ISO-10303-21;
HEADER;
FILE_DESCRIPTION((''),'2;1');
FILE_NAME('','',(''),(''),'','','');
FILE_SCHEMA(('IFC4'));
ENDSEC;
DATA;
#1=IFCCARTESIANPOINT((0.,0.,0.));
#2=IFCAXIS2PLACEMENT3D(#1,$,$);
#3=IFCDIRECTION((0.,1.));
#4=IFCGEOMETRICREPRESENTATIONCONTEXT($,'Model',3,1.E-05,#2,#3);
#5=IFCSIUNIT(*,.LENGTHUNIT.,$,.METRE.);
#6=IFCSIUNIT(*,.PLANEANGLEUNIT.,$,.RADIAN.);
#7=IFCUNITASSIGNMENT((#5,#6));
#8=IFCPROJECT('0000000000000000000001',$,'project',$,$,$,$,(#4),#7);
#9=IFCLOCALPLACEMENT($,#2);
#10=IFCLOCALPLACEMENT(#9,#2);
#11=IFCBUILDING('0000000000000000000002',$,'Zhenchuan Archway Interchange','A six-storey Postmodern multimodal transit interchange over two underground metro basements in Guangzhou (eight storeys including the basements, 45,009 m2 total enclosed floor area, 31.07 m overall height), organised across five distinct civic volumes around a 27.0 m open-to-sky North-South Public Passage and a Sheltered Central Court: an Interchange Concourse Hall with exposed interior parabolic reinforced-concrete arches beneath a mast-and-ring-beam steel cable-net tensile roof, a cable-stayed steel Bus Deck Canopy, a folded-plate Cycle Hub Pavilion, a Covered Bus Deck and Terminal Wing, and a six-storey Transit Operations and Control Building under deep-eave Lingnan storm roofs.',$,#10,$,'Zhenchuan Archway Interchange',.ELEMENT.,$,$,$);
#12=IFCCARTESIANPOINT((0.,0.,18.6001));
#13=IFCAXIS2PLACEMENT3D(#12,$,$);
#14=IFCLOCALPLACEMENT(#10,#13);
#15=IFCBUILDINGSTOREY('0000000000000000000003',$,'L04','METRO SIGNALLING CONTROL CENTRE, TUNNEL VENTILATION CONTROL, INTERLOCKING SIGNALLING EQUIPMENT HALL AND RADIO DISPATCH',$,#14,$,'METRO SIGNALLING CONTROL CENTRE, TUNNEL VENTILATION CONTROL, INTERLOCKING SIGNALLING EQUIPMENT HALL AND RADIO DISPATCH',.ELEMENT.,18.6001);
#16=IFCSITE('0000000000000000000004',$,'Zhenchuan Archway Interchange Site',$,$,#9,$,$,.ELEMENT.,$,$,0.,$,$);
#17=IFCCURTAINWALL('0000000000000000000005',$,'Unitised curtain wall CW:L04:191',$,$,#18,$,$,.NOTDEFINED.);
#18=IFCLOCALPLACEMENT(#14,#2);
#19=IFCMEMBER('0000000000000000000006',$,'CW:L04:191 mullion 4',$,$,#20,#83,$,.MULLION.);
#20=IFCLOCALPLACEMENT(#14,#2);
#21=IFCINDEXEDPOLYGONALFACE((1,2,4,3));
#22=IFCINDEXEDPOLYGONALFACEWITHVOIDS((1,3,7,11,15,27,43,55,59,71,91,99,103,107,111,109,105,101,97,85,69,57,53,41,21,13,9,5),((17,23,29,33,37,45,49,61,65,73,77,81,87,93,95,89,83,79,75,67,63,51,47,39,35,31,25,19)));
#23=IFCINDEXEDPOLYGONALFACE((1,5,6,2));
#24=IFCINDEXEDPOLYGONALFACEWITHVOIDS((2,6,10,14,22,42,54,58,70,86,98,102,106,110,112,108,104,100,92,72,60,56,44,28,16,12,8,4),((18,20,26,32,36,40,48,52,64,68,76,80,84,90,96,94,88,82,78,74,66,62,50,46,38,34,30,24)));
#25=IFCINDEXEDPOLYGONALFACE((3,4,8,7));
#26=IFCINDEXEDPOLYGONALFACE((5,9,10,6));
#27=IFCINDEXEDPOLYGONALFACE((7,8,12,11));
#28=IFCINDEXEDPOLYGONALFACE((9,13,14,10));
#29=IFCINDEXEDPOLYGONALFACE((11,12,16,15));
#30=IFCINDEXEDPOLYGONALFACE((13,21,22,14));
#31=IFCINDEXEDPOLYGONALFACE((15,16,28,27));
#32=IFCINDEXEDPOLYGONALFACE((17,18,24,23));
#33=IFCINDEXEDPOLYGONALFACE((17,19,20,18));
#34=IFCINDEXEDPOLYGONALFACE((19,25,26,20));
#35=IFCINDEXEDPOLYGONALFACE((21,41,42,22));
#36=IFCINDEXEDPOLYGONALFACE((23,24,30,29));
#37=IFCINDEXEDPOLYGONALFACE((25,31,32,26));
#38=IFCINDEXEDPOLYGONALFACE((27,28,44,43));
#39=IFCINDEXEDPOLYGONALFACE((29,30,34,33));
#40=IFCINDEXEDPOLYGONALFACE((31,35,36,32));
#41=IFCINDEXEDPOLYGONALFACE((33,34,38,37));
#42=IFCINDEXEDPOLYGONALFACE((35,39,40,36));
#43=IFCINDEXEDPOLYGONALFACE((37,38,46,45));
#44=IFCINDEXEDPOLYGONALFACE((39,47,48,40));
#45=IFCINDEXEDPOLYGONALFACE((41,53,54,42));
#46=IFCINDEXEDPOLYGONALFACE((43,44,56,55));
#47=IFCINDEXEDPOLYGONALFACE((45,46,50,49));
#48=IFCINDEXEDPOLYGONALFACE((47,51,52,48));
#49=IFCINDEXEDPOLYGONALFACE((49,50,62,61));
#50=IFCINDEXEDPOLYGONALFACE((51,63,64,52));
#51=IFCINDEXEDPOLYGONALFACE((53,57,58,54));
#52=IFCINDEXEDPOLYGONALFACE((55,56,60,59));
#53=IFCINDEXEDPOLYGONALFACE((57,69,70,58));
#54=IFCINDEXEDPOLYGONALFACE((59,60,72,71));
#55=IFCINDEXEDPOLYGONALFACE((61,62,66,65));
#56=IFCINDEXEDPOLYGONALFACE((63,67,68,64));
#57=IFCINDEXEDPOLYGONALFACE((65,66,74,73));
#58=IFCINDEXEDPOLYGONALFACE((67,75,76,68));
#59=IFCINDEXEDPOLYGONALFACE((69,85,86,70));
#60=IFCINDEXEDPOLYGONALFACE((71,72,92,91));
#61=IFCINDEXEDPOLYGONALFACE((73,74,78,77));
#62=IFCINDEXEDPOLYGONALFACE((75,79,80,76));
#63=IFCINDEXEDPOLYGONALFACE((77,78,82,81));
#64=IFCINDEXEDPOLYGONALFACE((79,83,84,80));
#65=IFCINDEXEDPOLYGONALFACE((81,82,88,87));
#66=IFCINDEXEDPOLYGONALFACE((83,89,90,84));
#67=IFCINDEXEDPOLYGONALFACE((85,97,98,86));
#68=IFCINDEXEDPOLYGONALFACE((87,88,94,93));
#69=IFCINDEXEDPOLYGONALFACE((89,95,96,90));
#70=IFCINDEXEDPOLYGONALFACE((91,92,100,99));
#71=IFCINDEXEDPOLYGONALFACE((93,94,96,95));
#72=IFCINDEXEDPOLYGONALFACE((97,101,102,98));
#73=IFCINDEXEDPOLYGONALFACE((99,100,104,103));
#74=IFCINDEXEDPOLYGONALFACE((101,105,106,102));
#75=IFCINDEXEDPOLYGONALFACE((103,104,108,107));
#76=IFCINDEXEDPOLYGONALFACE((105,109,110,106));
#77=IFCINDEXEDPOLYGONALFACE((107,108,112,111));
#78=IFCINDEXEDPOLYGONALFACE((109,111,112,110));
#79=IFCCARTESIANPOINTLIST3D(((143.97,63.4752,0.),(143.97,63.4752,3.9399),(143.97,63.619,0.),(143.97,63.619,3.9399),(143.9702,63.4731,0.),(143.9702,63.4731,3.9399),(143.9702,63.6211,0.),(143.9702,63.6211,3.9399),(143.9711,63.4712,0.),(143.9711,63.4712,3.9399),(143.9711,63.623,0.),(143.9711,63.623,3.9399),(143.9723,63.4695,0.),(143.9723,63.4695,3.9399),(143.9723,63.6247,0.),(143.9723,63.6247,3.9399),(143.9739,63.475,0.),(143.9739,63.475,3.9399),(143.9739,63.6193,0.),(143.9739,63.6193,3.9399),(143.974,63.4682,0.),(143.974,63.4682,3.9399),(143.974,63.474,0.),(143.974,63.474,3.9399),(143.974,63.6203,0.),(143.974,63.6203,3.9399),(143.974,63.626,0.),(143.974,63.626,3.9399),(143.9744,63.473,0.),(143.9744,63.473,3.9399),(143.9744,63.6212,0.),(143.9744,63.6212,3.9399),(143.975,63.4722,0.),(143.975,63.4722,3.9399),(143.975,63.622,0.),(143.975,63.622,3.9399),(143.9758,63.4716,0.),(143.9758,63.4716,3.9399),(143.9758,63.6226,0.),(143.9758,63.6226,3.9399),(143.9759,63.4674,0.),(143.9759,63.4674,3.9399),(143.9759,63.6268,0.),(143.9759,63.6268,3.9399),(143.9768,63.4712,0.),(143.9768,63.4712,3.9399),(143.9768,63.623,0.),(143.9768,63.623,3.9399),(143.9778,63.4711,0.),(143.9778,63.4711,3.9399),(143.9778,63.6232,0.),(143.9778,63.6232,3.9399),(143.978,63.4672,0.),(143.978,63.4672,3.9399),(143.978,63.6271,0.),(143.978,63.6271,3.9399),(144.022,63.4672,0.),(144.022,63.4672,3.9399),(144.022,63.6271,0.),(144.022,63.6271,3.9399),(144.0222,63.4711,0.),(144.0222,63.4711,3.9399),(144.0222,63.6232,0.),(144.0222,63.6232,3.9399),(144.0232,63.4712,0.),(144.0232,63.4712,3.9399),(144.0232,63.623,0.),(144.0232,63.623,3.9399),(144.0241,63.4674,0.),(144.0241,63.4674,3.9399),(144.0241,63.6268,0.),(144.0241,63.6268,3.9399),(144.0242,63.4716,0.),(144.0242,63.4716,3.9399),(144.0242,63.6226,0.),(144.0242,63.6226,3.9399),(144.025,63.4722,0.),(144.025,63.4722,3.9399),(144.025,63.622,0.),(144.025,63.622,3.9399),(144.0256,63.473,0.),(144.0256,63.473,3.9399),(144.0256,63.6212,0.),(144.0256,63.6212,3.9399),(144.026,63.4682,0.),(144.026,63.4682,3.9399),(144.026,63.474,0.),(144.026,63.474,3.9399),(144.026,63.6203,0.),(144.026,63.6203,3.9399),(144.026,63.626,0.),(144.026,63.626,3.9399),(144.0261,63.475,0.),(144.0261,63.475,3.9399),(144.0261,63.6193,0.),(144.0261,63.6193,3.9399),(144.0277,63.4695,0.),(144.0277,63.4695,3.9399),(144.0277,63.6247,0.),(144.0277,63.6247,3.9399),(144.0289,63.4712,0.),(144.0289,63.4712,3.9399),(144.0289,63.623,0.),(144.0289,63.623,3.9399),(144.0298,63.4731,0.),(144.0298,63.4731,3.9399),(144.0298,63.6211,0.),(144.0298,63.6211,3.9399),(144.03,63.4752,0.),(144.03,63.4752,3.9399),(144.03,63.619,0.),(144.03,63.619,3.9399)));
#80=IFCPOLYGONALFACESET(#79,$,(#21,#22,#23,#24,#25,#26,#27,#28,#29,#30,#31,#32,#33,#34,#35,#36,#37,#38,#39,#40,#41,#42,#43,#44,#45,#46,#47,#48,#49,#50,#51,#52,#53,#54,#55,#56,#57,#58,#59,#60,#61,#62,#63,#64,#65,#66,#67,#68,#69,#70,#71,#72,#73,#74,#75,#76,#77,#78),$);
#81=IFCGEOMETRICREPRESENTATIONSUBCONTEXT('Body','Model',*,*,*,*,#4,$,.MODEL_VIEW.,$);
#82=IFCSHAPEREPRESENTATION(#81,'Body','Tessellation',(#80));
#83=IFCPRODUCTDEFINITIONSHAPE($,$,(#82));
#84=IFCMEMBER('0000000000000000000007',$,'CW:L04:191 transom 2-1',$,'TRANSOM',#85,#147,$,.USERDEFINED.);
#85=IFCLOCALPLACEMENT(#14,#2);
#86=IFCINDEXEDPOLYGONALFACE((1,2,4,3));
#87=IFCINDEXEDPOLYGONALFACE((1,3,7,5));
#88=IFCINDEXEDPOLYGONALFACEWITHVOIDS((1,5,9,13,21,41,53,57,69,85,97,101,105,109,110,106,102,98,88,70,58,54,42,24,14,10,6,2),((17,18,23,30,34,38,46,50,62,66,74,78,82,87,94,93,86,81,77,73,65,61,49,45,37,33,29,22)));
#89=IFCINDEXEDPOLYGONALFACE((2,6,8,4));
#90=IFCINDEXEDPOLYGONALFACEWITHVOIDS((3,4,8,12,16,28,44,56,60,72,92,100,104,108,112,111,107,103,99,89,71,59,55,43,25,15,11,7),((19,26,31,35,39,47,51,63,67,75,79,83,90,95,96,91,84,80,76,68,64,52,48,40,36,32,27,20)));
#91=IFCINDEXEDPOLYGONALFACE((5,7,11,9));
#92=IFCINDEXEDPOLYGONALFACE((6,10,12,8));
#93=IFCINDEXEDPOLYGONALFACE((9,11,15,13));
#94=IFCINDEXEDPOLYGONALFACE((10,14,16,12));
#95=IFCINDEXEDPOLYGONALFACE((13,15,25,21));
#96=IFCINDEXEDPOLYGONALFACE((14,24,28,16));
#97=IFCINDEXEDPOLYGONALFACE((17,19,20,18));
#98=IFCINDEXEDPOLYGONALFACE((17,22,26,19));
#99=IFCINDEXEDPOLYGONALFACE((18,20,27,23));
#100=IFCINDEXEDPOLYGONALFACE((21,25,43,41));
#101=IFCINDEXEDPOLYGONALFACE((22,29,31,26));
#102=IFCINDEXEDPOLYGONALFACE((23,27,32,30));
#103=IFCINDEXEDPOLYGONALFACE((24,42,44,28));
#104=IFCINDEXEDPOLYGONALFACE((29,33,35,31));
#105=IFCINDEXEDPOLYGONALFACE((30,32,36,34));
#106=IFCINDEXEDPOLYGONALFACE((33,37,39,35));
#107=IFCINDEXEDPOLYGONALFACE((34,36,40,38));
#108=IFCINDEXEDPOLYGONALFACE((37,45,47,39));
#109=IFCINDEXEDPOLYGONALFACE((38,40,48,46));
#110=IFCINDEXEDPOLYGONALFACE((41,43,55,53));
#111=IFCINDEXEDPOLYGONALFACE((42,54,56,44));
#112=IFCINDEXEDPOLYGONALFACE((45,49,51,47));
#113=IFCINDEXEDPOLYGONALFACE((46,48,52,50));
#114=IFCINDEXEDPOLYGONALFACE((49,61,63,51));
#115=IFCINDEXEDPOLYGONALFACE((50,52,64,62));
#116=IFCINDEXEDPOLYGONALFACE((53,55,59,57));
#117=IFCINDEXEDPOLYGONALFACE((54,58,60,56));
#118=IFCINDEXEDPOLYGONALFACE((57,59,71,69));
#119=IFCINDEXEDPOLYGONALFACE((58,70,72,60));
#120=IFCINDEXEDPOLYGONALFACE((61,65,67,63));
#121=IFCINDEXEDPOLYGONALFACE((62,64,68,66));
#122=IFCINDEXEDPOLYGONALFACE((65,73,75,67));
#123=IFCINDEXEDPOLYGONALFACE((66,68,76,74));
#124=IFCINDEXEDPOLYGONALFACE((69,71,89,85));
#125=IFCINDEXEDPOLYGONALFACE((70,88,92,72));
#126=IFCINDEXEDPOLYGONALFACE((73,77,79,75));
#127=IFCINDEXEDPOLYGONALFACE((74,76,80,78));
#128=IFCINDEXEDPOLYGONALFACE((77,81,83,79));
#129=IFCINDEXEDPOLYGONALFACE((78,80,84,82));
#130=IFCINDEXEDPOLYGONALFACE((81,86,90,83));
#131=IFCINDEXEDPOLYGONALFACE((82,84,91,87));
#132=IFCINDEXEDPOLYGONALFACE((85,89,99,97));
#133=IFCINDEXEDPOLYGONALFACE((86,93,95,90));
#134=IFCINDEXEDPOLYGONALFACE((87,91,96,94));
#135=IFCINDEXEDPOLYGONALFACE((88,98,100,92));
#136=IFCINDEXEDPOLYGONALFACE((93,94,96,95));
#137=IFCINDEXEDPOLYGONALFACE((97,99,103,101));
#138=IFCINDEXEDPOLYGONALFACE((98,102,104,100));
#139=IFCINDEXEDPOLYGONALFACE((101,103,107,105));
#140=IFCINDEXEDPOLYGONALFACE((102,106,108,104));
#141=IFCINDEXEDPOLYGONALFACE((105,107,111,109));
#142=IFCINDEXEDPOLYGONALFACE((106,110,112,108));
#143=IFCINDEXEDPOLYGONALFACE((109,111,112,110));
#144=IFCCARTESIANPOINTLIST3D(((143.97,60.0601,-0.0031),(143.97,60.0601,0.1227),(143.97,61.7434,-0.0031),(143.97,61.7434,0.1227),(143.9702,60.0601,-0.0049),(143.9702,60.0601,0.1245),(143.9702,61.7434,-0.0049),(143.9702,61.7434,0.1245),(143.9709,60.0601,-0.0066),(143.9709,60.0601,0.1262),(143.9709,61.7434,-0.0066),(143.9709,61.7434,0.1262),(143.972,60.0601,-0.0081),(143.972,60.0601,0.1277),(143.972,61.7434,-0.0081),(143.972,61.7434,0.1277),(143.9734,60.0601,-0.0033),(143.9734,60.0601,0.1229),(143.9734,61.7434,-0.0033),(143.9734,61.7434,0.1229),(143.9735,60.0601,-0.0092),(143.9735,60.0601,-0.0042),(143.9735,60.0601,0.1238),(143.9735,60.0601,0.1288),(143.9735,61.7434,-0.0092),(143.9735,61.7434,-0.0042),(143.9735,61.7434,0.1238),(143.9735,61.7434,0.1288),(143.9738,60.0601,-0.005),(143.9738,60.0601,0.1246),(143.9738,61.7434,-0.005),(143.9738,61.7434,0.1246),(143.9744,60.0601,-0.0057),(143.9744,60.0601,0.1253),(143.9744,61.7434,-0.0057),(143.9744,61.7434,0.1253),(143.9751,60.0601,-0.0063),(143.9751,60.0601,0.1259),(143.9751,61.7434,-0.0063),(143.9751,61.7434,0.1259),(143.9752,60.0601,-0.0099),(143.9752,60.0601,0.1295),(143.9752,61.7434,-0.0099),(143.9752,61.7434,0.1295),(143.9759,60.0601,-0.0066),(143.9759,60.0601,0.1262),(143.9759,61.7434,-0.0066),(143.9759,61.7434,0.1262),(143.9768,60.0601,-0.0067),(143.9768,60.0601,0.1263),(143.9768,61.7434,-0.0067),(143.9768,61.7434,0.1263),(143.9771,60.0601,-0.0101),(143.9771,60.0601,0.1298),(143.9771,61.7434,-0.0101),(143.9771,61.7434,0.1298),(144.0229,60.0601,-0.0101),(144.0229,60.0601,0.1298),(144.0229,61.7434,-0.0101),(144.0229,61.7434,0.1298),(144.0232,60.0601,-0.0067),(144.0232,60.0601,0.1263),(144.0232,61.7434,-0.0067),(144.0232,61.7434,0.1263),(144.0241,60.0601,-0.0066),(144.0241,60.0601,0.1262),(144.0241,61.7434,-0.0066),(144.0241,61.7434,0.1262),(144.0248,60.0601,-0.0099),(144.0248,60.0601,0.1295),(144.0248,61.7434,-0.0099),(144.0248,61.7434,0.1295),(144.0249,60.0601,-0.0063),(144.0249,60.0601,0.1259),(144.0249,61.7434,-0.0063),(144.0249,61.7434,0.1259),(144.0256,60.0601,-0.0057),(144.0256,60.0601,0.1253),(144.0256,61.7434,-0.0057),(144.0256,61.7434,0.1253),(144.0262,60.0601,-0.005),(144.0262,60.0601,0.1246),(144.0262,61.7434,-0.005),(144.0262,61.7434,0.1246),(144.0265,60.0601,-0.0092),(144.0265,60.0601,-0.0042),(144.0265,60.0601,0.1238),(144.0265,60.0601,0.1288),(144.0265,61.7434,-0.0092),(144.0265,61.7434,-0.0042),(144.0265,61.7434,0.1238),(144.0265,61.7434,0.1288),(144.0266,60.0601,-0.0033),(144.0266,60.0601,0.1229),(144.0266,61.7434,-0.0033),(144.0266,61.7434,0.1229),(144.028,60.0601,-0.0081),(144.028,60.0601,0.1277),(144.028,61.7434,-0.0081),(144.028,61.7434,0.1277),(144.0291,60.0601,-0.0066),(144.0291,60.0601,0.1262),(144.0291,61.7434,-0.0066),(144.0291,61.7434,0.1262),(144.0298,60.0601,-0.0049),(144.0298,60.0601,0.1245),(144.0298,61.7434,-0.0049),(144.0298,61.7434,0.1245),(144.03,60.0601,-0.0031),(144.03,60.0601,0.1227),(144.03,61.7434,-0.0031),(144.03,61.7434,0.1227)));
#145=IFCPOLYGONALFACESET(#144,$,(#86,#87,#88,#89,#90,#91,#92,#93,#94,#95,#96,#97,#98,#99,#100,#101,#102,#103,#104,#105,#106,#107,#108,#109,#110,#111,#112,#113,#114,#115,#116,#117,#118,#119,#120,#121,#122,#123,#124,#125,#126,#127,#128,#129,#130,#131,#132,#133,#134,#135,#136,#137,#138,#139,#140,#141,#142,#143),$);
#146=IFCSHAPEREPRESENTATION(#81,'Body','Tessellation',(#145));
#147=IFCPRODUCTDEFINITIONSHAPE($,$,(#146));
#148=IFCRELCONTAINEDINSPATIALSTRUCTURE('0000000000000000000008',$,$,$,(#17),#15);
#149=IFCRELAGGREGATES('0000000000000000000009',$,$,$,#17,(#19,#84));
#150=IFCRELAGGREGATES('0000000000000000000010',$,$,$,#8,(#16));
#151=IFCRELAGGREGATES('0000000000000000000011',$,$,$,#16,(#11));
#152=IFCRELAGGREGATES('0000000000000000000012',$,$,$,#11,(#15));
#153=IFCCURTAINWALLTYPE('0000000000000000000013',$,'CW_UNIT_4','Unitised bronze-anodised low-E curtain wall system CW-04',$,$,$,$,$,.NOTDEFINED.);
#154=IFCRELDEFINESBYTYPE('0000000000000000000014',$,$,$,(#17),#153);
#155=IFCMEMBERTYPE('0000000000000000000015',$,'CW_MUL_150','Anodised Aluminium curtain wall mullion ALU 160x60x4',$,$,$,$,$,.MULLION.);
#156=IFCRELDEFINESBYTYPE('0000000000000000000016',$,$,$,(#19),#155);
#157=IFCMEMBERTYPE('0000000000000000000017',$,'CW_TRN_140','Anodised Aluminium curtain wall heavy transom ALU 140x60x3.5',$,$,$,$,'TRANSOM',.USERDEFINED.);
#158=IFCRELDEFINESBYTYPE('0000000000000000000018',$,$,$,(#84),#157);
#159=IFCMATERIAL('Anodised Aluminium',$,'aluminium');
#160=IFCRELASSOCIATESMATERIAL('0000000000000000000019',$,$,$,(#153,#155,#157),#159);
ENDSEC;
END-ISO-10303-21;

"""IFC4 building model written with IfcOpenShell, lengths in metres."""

from ifc_helpers import new_model, si_unit, direction, frame, origin, origin_2d, place, context, subcontext, project, spatial, hollow_rectangle, extrude, material, material_profile, profile_set, type_object, element, aggregate, save


model = new_model("IFC4")

# Units and contexts
model_context = context("Model", 3, precision=1e-05, world=origin(), true_north=direction((0.0, 1.0)))
body_context = subcontext(model_context, "Body", "Model", "MODEL_VIEW")
ifc_project = project(units=[si_unit("LENGTHUNIT", "METRE"), si_unit("PLANEANGLEUNIT", "RADIAN")], contexts=[model_context])

# Site, building, storey
site_placement = place(None, origin())
site = spatial("IfcSite", under=ifc_project, at=site_placement, Name="Zhenchuan Archway Interchange Site", CompositionType="ELEMENT", RefElevation=0.0)
building_placement = place(site_placement, origin())
building = spatial("IfcBuilding", under=site, at=building_placement, Name="Zhenchuan Archway Interchange", Description="A six-storey Postmodern multimodal transit interchange over two underground metro basements in Guangzhou (eight storeys including the basements, 45,009 m2 total enclosed floor area, 31.07 m overall height), organised across five distinct civic volumes around a 27.0 m open-to-sky North-South Public Passage and a Sheltered Central Court: an Interchange Concourse Hall with exposed interior parabolic reinforced-concrete arches beneath a mast-and-ring-beam steel cable-net tensile roof, a cable-stayed steel Bus Deck Canopy, a folded-plate Cycle Hub Pavilion, a Covered Bus Deck and Terminal Wing, and a six-storey Transit Operations and Control Building under deep-eave Lingnan storm roofs.", LongName="Zhenchuan Archway Interchange", CompositionType="ELEMENT")
storey_placement = place(building_placement, frame((0.0, 0.0, 18.6001)))
storey = spatial("IfcBuildingStorey", under=building, at=storey_placement, Name="L04", Description="METRO SIGNALLING CONTROL CENTRE, TUNNEL VENTILATION CONTROL, INTERLOCKING SIGNALLING EQUIPMENT HALL AND RADIO DISPATCH", LongName="METRO SIGNALLING CONTROL CENTRE, TUNNEL VENTILATION CONTROL, INTERLOCKING SIGNALLING EQUIPMENT HALL AND RADIO DISPATCH", CompositionType="ELEMENT", Elevation=18.6001)

# Curtain wall, members
ifc_material_1 = material(Name="Anodised Aluminium", Category="aluminium")
curtain_wall_type = type_object("IfcCurtainWallType", Name="CW_UNIT_4", Description="Unitised bronze-anodised low-E curtain wall system CW-04", PredefinedType="NOTDEFINED", material=ifc_material_1)
curtain_wall_placement = place(storey_placement, origin())
curtain_wall = element("IfcCurtainWall", 1, at=curtain_wall_placement, inside=storey, type_object=curtain_wall_type, Name="Unitised curtain wall CW:L04:191", PredefinedType="NOTDEFINED")
ifc_material_profile_1 = material_profile(ifc_material_1, hollow_rectangle(XDim=0.0601, YDim=0.1599, WallThickness=0.0039, InnerFilletRadius=0.0039, OuterFilletRadius=0.0081, at=origin_2d()), Name="ALU 160x60x4")
ifc_profile_set_1 = profile_set([ifc_material_profile_1], Name="Anodised Aluminium")
member_type_1 = type_object("IfcMemberType", Name="CW_MUL_150", Description="Anodised Aluminium curtain wall mullion ALU 160x60x4", PredefinedType="MULLION", material=ifc_profile_set_1)
member_1_placement = place(storey_placement, frame((144.0, 63.5471, 0.0), z_axis=(0.0, 0.0, 1.0), x_axis=(1.0, 0.0, 0.0)))
member_1 = element("IfcMember", 2, at=member_1_placement, type_object=member_type_1, Name="CW:L04:191 mullion 4", PredefinedType="MULLION", context=body_context, shape_type="SweptSolid", body=[
    extrude(hollow_rectangle(XDim=0.0601, YDim=0.1599, WallThickness=0.0039, InnerFilletRadius=0.0039, OuterFilletRadius=0.0081, at=origin_2d()), origin(), (0.0, 0.0, 1.0), 3.9399),
])
ifc_material_profile_2 = material_profile(ifc_material_1, hollow_rectangle(XDim=0.0601, YDim=0.1399, WallThickness=0.0034, InnerFilletRadius=0.0034, OuterFilletRadius=0.0071, at=origin_2d()), Name="ALU 140x60x3.5")
ifc_profile_set_2 = profile_set([ifc_material_profile_2], Name="Anodised Aluminium")
member_type_2 = type_object("IfcMemberType", Name="CW_TRN_140", Description="Anodised Aluminium curtain wall heavy transom ALU 140x60x3.5", ElementType="TRANSOM", PredefinedType="USERDEFINED", material=ifc_profile_set_2)
member_2_placement = place(storey_placement, frame((144.0, 60.0601, 0.0598), z_axis=(0.0, 1.0, 0.0), x_axis=(-1.0, 0.0, 0.0)))
member_2 = element("IfcMember", 3, at=member_2_placement, type_object=member_type_2, Name="CW:L04:191 transom 2-1", ObjectType="TRANSOM", PredefinedType="USERDEFINED", context=body_context, shape_type="SweptSolid", body=[
    extrude(hollow_rectangle(XDim=0.0601, YDim=0.1399, WallThickness=0.0034, InnerFilletRadius=0.0034, OuterFilletRadius=0.0071, at=origin_2d()), origin(), (0.0, 0.0, 1.0), 1.6833),
])

aggregate(curtain_wall, [member_1, member_2])

save(model, "model.ifc")
